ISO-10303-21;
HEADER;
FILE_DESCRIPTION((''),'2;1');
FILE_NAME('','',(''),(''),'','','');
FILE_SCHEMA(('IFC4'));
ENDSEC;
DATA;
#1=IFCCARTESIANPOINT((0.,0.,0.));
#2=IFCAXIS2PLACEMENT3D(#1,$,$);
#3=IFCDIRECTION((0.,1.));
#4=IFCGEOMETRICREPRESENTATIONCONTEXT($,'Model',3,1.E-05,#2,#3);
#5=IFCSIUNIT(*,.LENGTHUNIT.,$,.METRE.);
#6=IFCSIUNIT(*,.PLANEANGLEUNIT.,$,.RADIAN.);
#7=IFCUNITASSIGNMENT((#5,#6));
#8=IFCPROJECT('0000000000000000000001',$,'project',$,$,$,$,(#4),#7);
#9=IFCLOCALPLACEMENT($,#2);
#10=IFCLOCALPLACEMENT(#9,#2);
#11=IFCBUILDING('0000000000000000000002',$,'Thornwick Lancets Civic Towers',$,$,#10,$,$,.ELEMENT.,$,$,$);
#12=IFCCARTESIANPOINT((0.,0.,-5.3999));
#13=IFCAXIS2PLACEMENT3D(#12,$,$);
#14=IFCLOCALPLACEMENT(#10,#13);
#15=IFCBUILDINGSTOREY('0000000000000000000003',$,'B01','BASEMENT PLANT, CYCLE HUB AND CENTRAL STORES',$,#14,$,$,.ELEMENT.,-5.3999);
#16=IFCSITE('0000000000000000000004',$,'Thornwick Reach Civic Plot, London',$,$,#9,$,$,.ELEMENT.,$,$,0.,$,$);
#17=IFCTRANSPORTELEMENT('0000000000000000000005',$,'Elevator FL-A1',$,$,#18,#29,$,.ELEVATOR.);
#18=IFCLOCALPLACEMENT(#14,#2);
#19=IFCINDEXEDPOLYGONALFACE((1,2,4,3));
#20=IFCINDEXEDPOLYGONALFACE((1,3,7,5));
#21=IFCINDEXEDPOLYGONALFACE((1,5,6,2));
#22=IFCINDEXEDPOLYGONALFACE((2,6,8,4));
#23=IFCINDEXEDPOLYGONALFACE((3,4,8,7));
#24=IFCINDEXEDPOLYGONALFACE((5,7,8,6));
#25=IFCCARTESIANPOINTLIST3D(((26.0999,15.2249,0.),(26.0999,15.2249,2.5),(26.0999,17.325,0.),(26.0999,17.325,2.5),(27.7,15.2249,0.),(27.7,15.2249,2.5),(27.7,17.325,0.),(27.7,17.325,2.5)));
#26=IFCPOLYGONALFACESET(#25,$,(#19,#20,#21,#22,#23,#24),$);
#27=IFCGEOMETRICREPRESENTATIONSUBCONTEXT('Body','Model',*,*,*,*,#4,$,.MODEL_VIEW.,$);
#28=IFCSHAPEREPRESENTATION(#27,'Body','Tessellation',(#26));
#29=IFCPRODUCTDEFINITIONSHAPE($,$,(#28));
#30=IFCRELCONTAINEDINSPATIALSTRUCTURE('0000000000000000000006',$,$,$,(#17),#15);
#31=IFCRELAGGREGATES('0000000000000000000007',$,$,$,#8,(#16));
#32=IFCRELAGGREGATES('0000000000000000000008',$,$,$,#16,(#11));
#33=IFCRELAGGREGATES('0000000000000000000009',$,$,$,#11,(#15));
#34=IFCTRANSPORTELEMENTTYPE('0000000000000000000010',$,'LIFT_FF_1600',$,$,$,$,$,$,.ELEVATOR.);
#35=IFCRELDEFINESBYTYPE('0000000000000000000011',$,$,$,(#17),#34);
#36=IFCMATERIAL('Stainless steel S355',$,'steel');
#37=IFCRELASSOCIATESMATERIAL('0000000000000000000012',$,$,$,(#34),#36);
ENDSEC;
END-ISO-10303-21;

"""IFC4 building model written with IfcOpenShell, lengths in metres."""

from ifc_helpers import new_model, si_unit, direction, frame, origin, origin_2d, place, context, subcontext, project, spatial, rectangle, extrude, material, type_object, element, save


model = new_model("IFC4")

# Units and contexts
model_context = context("Model", 3, precision=1e-05, world=origin(), true_north=direction((0.0, 1.0)))
body_context = subcontext(model_context, "Body", "Model", "MODEL_VIEW")
ifc_project = project(units=[si_unit("LENGTHUNIT", "METRE"), si_unit("PLANEANGLEUNIT", "RADIAN")], contexts=[model_context])

# Site, building, storey
site_placement = place(None, origin())
site = spatial("IfcSite", under=ifc_project, at=site_placement, Name="Thornwick Reach Civic Plot, London", CompositionType="ELEMENT", RefElevation=0.0)
building_placement = place(site_placement, origin())
building = spatial("IfcBuilding", under=site, at=building_placement, Name="Thornwick Lancets Civic Towers", CompositionType="ELEMENT")
storey_placement = place(building_placement, frame((0.0, 0.0, -5.3999)))
storey = spatial("IfcBuildingStorey", under=building, at=storey_placement, Name="B01", Description="BASEMENT PLANT, CYCLE HUB AND CENTRAL STORES", CompositionType="ELEMENT", Elevation=-5.3999)

# Transport element
ifc_material_1 = material(Name="Stainless steel S355", Category="steel")
transport_element_type = type_object("IfcTransportElementType", Name="LIFT_FF_1600", PredefinedType="ELEVATOR", material=ifc_material_1)
transport_element_placement = place(storey_placement, frame((26.8999, 16.2749, 0.0), z_axis=(0.0, 0.0, 1.0), x_axis=(1.0, 0.0, 0.0)))
element("IfcTransportElement", 1, at=transport_element_placement, inside=storey, type_object=transport_element_type, Name="Elevator FL-A1", PredefinedType="ELEVATOR", context=body_context, shape_type="SweptSolid", body=[
    extrude(rectangle(XDim=1.6001, YDim=2.1001, at=origin_2d()), origin(), (0.0, 0.0, 1.0), 2.5),
])

save(model, "model.ifc")
